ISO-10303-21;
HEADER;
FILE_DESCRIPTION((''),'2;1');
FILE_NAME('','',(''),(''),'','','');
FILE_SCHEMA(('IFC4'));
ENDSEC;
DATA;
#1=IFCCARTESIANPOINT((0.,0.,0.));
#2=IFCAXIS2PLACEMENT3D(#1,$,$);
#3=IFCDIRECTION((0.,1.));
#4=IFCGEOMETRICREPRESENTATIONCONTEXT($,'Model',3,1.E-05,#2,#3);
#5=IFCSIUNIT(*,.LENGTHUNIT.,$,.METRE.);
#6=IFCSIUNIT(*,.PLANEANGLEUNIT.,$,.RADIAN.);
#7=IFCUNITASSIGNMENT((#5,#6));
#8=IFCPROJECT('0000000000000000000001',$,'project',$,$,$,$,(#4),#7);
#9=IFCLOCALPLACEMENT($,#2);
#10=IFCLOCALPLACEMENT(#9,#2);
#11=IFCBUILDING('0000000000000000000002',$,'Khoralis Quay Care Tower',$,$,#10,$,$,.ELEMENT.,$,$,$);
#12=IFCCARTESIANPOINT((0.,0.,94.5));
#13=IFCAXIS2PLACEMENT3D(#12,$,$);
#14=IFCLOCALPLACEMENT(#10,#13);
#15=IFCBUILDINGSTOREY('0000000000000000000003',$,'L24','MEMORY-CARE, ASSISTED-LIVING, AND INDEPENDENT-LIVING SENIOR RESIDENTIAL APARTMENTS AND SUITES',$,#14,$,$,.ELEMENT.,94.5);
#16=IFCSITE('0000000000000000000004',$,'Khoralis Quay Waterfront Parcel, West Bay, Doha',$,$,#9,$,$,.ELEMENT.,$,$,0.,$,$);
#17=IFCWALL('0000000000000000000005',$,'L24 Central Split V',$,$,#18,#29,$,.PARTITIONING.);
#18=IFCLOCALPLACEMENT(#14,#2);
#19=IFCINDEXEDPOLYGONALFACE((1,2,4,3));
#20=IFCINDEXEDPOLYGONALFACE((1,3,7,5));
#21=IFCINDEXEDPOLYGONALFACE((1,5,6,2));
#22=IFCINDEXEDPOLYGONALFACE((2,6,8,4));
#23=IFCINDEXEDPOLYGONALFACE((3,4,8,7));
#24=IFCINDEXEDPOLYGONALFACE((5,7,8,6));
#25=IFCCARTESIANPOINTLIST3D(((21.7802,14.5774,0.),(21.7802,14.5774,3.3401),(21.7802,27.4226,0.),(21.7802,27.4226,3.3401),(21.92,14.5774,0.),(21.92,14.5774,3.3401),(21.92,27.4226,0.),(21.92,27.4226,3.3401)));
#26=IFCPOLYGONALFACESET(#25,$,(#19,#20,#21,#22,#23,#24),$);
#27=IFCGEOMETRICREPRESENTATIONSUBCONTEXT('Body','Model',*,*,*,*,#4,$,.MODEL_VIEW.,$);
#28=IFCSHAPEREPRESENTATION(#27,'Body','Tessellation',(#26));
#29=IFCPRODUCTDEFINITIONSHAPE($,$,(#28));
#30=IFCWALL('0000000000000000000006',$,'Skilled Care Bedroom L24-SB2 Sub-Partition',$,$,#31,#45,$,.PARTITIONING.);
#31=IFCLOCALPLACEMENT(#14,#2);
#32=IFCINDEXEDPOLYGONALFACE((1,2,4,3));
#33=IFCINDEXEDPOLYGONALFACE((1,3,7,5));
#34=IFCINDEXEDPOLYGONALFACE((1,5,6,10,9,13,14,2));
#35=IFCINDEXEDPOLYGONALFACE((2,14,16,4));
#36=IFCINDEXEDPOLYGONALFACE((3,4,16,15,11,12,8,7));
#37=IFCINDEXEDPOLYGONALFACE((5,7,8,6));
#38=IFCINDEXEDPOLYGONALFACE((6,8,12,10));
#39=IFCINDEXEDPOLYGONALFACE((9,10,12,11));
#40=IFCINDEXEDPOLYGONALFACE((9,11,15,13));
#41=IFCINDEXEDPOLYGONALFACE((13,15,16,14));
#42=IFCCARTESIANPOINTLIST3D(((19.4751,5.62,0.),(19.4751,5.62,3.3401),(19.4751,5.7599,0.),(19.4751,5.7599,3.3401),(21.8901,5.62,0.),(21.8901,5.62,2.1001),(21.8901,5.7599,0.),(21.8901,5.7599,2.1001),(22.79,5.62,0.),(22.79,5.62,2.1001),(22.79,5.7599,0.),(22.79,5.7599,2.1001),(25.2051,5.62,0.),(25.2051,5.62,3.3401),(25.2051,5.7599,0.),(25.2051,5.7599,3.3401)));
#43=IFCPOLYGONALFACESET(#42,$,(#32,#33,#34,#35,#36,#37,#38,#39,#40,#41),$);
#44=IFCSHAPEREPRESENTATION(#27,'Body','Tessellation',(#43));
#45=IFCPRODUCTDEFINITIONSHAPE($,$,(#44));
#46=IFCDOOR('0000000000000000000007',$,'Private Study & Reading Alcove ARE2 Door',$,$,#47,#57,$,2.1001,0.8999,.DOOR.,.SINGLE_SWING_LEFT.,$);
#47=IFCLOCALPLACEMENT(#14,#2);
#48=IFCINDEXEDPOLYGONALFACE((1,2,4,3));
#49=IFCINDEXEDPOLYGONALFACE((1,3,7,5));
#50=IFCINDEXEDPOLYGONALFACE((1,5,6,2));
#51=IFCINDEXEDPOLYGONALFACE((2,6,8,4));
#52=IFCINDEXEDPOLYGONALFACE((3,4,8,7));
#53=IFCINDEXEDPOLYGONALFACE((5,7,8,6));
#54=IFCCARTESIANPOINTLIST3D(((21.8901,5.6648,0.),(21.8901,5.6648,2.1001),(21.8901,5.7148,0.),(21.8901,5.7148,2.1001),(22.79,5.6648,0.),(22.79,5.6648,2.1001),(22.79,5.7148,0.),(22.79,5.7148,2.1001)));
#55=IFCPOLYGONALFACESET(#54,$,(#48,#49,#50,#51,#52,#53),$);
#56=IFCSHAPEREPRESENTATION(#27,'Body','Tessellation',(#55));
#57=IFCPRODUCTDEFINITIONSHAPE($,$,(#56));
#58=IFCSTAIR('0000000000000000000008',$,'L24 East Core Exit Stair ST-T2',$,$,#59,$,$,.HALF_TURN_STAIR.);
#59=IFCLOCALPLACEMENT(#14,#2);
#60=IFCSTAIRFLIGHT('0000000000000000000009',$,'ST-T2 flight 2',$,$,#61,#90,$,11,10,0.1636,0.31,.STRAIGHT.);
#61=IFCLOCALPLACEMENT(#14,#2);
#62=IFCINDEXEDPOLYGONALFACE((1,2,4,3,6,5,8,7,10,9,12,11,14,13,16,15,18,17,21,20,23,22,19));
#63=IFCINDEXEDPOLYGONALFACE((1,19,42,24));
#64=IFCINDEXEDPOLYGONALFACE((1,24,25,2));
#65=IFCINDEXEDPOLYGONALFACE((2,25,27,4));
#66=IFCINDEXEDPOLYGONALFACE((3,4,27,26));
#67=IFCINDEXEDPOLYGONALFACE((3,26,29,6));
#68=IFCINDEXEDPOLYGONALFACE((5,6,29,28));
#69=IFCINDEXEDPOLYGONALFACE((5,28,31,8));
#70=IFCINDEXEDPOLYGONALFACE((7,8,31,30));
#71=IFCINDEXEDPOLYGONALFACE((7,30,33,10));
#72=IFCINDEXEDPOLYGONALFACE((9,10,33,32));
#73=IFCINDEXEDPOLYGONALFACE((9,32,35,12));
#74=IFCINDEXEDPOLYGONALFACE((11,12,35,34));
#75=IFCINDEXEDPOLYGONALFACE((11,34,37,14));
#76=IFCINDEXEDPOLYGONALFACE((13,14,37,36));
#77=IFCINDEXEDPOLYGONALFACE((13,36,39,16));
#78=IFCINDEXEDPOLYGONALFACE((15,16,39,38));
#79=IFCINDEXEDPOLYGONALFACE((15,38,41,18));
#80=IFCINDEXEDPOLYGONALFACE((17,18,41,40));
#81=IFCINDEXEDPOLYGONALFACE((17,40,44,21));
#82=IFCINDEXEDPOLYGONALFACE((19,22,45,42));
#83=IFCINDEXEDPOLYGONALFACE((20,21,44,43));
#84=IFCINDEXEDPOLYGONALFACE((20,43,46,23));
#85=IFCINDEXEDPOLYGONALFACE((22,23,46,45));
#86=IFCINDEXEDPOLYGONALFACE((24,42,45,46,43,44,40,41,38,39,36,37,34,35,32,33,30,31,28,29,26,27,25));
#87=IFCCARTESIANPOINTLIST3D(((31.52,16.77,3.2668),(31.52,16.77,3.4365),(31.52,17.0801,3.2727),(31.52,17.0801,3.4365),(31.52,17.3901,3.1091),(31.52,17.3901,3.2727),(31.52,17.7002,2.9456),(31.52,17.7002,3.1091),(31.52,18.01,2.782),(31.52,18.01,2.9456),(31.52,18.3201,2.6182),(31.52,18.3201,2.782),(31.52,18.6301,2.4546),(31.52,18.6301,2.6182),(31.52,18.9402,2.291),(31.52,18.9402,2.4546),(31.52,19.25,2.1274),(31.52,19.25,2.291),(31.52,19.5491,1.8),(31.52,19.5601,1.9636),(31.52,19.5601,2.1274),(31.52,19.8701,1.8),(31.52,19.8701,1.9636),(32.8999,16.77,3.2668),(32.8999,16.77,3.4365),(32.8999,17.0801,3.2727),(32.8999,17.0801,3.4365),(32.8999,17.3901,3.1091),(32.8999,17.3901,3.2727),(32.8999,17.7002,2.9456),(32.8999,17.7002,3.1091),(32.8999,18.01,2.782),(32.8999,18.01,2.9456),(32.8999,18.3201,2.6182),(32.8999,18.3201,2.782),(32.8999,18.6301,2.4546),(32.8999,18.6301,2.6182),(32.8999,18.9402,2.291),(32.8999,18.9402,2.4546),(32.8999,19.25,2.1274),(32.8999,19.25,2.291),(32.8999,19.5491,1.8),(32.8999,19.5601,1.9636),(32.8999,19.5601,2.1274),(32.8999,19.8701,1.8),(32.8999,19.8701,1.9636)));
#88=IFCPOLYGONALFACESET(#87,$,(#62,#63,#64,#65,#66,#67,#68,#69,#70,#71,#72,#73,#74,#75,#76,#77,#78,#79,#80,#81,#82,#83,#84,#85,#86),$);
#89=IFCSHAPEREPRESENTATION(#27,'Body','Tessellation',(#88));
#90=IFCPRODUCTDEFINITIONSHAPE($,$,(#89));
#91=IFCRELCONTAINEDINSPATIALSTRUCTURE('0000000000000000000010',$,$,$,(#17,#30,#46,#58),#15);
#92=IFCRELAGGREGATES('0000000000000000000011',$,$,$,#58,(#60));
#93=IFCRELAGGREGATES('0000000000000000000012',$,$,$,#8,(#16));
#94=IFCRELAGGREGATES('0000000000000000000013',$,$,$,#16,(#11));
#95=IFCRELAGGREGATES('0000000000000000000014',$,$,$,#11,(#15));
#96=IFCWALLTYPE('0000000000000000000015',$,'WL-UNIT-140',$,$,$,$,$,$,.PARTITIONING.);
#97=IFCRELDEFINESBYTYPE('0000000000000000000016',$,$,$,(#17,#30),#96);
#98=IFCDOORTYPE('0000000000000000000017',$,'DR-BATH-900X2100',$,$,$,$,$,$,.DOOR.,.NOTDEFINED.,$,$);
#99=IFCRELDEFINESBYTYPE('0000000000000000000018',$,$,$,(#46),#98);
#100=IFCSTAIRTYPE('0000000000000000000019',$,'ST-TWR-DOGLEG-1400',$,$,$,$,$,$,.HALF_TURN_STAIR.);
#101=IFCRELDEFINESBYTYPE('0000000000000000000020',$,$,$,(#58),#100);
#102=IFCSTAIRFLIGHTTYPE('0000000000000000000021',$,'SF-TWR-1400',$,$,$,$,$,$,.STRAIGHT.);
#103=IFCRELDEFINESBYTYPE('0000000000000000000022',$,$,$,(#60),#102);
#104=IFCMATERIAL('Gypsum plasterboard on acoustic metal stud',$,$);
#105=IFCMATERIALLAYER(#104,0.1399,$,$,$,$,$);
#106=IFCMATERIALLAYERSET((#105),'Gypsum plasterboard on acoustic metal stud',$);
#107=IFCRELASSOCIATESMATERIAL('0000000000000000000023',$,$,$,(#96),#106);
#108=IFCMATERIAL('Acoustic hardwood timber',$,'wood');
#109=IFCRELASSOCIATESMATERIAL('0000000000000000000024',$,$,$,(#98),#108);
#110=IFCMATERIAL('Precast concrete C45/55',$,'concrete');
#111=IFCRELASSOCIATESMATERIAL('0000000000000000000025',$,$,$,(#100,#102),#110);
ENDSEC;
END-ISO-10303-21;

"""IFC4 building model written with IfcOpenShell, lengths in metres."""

from ifc_helpers import new_model, si_unit, direction, frame, frame_2d, origin, place, context, subcontext, project, spatial, polyline, rectangle, outline, extrude, source, transform, mapped, material, layer, layer_set, type_object, element, fill, aggregate, save


model = new_model("IFC4")

# Units and contexts
model_context = context("Model", 3, precision=1e-05, world=origin(), true_north=direction((0.0, 1.0)))
body_context = subcontext(model_context, "Body", "Model", "MODEL_VIEW")
ifc_project = project(units=[si_unit("LENGTHUNIT", "METRE"), si_unit("PLANEANGLEUNIT", "RADIAN")], contexts=[model_context])

# Site, building, storey
site_placement = place(None, origin())
site = spatial("IfcSite", under=ifc_project, at=site_placement, Name="Khoralis Quay Waterfront Parcel, West Bay, Doha", CompositionType="ELEMENT", RefElevation=0.0)
building_placement = place(site_placement, origin())
building = spatial("IfcBuilding", under=site, at=building_placement, Name="Khoralis Quay Care Tower", CompositionType="ELEMENT")
storey_placement = place(building_placement, frame((0.0, 0.0, 94.5)))
storey = spatial("IfcBuildingStorey", under=building, at=storey_placement, Name="L24", Description="MEMORY-CARE, ASSISTED-LIVING, AND INDEPENDENT-LIVING SENIOR RESIDENTIAL APARTMENTS AND SUITES", CompositionType="ELEMENT", Elevation=94.5)

# Shared definitions
ifc_material_1 = material(Name="Gypsum plasterboard on acoustic metal stud")

# Shared definitions
ifc_material_2 = material(Name="Precast concrete C45/55", Category="concrete")

# Wall
ifc_layer_1 = layer(ifc_material_1, 0.1399)
ifc_layer_set_1 = layer_set([ifc_layer_1], Name="Gypsum plasterboard on acoustic metal stud")
wall_type_1 = type_object("IfcWallType", Name="WL-UNIT-140", PredefinedType="PARTITIONING", material=ifc_layer_set_1)
wall_1_placement = place(storey_placement, frame((21.8501, 14.5774, 0.0), z_axis=(0.0, 0.0, 1.0), x_axis=(0.0, 1.0, 0.0)))
element("IfcWall", 1, at=wall_1_placement, inside=storey, type_object=wall_type_1, Name="L24 Central Split V", PredefinedType="PARTITIONING", context=body_context, shape_type="SweptSolid", body=[
    extrude(rectangle(XDim=12.8452, YDim=0.1399, at=frame_2d((6.4226, 0.0))), origin(), (0.0, 0.0, 1.0), 3.3401),
])

# Wall, opening, door
wall_2_placement = place(storey_placement, frame((19.4751, 5.6899, 0.0), z_axis=(0.0, 0.0, 1.0), x_axis=(1.0, 0.0, 0.0)))
wall_2 = element("IfcWall", 2, at=wall_2_placement, inside=storey, type_object=wall_type_1, Name="Skilled Care Bedroom L24-SB2 Sub-Partition", PredefinedType="PARTITIONING", context=body_context, shape_type="SweptSolid", body=[
    extrude(rectangle(XDim=5.73, YDim=0.1399, at=frame_2d((2.865, 0.0))), origin(), (0.0, 0.0, 1.0), 3.3401),
])
opening_1_placement = place(wall_2_placement, frame((2.415, 0.0, 0.0)))
opening_1 = element("IfcOpeningElement", 3, at=opening_1_placement, cuts=wall_2, PredefinedType="OPENING", context=body_context, shape_type="SweptSolid", body=[
    extrude(rectangle(XDim=0.8999, YDim=2.1001, at=frame_2d((0.45, 1.05))), frame((0.0, 0.0801, 0.0), z_axis=(0.0, -1.0, 0.0), x_axis=(1.0, 0.0, 0.0)), (0.0, 0.0, 1.0), 0.1599),
])
ifc_material_3 = material(Name="Acoustic hardwood timber", Category="wood")
door_type_1 = type_object("IfcDoorType", Name="DR-BATH-900X2100", OperationType="NOTDEFINED", PredefinedType="DOOR", material=ifc_material_3)
shared_shape_1 = source(origin(), body_context, "Body", "SweptSolid", [
    extrude(rectangle(XDim=0.8999, YDim=2.1001, at=frame_2d((0.45, 1.05))), frame((0.0, 0.0249, 0.0), z_axis=(0.0, -1.0, 0.0), x_axis=(1.0, 0.0, 0.0)), (0.0, 0.0, 1.0), 0.05),
])
door_1_placement = place(opening_1_placement, origin())
door_1 = element("IfcDoor", 4, at=door_1_placement, inside=storey, type_object=door_type_1, Name="Private Study & Reading Alcove ARE2 Door", OperationType="SINGLE_SWING_LEFT", OverallHeight=2.1001, OverallWidth=0.8999, PredefinedType="DOOR", context=body_context, shape_type="MappedRepresentation", body=[
    mapped(shared_shape_1, transform((0.0, 0.0, 0.0), scale=1.0)),
])
fill(opening_1, door_1)

# Stair, stair flight
stair_type = type_object("IfcStairType", Name="ST-TWR-DOGLEG-1400", PredefinedType="HALF_TURN_STAIR", material=ifc_material_2)
stair_placement = place(storey_placement, origin())
stair = element("IfcStair", 5, at=stair_placement, inside=storey, type_object=stair_type, Name="L24 East Core Exit Stair ST-T2", PredefinedType="HALF_TURN_STAIR")
stair_flight_type = type_object("IfcStairFlightType", Name="SF-TWR-1400", PredefinedType="STRAIGHT", material=ifc_material_2)
shared_shape_2 = source(origin(), body_context, "Body", "SweptSolid", [
    extrude(outline(polyline([(0.0, 0.0), (0.0, 0.1636), (0.3101, 0.1636), (0.3101, 0.3274), (0.6201, 0.3274), (0.6201, 0.491), (0.9299, 0.491), (0.9299, 0.6545), (1.24, 0.6545), (1.24, 0.8181), (1.55, 0.8181), (1.55, 0.9819), (1.8601, 0.9819), (1.8601, 1.1455), (2.1699, 1.1455), (2.1699, 1.3091), (2.48, 1.3091), (2.48, 1.4727), (2.79, 1.4727), (2.79, 1.6365), (3.1001, 1.6365), (3.1001, 1.8), (3.1001, 1.4668), (0.321, 0.0), (0.0, 0.0)])), frame((0.0, 0.6899, 0.0), z_axis=(0.0, -1.0, 0.0), x_axis=(1.0, 0.0, 0.0)), (0.0, 0.0, 1.0), 1.3799),
])
stair_flight_placement = place(storey_placement, frame((32.21, 19.8701, 1.8), z_axis=(0.0, 0.0, 1.0), x_axis=(0.0, -1.0, 0.0)))
stair_flight = element("IfcStairFlight", 6, at=stair_flight_placement, type_object=stair_flight_type, Name="ST-T2 flight 2", NumberOfRisers=11, NumberOfTreads=10, PredefinedType="STRAIGHT", RiserHeight=0.1636, TreadLength=0.31, context=body_context, shape_type="MappedRepresentation", body=[
    mapped(shared_shape_2, transform((0.0, 0.0, 0.0), scale=1.0)),
])
aggregate(stair, [stair_flight])

save(model, "model.ifc")
